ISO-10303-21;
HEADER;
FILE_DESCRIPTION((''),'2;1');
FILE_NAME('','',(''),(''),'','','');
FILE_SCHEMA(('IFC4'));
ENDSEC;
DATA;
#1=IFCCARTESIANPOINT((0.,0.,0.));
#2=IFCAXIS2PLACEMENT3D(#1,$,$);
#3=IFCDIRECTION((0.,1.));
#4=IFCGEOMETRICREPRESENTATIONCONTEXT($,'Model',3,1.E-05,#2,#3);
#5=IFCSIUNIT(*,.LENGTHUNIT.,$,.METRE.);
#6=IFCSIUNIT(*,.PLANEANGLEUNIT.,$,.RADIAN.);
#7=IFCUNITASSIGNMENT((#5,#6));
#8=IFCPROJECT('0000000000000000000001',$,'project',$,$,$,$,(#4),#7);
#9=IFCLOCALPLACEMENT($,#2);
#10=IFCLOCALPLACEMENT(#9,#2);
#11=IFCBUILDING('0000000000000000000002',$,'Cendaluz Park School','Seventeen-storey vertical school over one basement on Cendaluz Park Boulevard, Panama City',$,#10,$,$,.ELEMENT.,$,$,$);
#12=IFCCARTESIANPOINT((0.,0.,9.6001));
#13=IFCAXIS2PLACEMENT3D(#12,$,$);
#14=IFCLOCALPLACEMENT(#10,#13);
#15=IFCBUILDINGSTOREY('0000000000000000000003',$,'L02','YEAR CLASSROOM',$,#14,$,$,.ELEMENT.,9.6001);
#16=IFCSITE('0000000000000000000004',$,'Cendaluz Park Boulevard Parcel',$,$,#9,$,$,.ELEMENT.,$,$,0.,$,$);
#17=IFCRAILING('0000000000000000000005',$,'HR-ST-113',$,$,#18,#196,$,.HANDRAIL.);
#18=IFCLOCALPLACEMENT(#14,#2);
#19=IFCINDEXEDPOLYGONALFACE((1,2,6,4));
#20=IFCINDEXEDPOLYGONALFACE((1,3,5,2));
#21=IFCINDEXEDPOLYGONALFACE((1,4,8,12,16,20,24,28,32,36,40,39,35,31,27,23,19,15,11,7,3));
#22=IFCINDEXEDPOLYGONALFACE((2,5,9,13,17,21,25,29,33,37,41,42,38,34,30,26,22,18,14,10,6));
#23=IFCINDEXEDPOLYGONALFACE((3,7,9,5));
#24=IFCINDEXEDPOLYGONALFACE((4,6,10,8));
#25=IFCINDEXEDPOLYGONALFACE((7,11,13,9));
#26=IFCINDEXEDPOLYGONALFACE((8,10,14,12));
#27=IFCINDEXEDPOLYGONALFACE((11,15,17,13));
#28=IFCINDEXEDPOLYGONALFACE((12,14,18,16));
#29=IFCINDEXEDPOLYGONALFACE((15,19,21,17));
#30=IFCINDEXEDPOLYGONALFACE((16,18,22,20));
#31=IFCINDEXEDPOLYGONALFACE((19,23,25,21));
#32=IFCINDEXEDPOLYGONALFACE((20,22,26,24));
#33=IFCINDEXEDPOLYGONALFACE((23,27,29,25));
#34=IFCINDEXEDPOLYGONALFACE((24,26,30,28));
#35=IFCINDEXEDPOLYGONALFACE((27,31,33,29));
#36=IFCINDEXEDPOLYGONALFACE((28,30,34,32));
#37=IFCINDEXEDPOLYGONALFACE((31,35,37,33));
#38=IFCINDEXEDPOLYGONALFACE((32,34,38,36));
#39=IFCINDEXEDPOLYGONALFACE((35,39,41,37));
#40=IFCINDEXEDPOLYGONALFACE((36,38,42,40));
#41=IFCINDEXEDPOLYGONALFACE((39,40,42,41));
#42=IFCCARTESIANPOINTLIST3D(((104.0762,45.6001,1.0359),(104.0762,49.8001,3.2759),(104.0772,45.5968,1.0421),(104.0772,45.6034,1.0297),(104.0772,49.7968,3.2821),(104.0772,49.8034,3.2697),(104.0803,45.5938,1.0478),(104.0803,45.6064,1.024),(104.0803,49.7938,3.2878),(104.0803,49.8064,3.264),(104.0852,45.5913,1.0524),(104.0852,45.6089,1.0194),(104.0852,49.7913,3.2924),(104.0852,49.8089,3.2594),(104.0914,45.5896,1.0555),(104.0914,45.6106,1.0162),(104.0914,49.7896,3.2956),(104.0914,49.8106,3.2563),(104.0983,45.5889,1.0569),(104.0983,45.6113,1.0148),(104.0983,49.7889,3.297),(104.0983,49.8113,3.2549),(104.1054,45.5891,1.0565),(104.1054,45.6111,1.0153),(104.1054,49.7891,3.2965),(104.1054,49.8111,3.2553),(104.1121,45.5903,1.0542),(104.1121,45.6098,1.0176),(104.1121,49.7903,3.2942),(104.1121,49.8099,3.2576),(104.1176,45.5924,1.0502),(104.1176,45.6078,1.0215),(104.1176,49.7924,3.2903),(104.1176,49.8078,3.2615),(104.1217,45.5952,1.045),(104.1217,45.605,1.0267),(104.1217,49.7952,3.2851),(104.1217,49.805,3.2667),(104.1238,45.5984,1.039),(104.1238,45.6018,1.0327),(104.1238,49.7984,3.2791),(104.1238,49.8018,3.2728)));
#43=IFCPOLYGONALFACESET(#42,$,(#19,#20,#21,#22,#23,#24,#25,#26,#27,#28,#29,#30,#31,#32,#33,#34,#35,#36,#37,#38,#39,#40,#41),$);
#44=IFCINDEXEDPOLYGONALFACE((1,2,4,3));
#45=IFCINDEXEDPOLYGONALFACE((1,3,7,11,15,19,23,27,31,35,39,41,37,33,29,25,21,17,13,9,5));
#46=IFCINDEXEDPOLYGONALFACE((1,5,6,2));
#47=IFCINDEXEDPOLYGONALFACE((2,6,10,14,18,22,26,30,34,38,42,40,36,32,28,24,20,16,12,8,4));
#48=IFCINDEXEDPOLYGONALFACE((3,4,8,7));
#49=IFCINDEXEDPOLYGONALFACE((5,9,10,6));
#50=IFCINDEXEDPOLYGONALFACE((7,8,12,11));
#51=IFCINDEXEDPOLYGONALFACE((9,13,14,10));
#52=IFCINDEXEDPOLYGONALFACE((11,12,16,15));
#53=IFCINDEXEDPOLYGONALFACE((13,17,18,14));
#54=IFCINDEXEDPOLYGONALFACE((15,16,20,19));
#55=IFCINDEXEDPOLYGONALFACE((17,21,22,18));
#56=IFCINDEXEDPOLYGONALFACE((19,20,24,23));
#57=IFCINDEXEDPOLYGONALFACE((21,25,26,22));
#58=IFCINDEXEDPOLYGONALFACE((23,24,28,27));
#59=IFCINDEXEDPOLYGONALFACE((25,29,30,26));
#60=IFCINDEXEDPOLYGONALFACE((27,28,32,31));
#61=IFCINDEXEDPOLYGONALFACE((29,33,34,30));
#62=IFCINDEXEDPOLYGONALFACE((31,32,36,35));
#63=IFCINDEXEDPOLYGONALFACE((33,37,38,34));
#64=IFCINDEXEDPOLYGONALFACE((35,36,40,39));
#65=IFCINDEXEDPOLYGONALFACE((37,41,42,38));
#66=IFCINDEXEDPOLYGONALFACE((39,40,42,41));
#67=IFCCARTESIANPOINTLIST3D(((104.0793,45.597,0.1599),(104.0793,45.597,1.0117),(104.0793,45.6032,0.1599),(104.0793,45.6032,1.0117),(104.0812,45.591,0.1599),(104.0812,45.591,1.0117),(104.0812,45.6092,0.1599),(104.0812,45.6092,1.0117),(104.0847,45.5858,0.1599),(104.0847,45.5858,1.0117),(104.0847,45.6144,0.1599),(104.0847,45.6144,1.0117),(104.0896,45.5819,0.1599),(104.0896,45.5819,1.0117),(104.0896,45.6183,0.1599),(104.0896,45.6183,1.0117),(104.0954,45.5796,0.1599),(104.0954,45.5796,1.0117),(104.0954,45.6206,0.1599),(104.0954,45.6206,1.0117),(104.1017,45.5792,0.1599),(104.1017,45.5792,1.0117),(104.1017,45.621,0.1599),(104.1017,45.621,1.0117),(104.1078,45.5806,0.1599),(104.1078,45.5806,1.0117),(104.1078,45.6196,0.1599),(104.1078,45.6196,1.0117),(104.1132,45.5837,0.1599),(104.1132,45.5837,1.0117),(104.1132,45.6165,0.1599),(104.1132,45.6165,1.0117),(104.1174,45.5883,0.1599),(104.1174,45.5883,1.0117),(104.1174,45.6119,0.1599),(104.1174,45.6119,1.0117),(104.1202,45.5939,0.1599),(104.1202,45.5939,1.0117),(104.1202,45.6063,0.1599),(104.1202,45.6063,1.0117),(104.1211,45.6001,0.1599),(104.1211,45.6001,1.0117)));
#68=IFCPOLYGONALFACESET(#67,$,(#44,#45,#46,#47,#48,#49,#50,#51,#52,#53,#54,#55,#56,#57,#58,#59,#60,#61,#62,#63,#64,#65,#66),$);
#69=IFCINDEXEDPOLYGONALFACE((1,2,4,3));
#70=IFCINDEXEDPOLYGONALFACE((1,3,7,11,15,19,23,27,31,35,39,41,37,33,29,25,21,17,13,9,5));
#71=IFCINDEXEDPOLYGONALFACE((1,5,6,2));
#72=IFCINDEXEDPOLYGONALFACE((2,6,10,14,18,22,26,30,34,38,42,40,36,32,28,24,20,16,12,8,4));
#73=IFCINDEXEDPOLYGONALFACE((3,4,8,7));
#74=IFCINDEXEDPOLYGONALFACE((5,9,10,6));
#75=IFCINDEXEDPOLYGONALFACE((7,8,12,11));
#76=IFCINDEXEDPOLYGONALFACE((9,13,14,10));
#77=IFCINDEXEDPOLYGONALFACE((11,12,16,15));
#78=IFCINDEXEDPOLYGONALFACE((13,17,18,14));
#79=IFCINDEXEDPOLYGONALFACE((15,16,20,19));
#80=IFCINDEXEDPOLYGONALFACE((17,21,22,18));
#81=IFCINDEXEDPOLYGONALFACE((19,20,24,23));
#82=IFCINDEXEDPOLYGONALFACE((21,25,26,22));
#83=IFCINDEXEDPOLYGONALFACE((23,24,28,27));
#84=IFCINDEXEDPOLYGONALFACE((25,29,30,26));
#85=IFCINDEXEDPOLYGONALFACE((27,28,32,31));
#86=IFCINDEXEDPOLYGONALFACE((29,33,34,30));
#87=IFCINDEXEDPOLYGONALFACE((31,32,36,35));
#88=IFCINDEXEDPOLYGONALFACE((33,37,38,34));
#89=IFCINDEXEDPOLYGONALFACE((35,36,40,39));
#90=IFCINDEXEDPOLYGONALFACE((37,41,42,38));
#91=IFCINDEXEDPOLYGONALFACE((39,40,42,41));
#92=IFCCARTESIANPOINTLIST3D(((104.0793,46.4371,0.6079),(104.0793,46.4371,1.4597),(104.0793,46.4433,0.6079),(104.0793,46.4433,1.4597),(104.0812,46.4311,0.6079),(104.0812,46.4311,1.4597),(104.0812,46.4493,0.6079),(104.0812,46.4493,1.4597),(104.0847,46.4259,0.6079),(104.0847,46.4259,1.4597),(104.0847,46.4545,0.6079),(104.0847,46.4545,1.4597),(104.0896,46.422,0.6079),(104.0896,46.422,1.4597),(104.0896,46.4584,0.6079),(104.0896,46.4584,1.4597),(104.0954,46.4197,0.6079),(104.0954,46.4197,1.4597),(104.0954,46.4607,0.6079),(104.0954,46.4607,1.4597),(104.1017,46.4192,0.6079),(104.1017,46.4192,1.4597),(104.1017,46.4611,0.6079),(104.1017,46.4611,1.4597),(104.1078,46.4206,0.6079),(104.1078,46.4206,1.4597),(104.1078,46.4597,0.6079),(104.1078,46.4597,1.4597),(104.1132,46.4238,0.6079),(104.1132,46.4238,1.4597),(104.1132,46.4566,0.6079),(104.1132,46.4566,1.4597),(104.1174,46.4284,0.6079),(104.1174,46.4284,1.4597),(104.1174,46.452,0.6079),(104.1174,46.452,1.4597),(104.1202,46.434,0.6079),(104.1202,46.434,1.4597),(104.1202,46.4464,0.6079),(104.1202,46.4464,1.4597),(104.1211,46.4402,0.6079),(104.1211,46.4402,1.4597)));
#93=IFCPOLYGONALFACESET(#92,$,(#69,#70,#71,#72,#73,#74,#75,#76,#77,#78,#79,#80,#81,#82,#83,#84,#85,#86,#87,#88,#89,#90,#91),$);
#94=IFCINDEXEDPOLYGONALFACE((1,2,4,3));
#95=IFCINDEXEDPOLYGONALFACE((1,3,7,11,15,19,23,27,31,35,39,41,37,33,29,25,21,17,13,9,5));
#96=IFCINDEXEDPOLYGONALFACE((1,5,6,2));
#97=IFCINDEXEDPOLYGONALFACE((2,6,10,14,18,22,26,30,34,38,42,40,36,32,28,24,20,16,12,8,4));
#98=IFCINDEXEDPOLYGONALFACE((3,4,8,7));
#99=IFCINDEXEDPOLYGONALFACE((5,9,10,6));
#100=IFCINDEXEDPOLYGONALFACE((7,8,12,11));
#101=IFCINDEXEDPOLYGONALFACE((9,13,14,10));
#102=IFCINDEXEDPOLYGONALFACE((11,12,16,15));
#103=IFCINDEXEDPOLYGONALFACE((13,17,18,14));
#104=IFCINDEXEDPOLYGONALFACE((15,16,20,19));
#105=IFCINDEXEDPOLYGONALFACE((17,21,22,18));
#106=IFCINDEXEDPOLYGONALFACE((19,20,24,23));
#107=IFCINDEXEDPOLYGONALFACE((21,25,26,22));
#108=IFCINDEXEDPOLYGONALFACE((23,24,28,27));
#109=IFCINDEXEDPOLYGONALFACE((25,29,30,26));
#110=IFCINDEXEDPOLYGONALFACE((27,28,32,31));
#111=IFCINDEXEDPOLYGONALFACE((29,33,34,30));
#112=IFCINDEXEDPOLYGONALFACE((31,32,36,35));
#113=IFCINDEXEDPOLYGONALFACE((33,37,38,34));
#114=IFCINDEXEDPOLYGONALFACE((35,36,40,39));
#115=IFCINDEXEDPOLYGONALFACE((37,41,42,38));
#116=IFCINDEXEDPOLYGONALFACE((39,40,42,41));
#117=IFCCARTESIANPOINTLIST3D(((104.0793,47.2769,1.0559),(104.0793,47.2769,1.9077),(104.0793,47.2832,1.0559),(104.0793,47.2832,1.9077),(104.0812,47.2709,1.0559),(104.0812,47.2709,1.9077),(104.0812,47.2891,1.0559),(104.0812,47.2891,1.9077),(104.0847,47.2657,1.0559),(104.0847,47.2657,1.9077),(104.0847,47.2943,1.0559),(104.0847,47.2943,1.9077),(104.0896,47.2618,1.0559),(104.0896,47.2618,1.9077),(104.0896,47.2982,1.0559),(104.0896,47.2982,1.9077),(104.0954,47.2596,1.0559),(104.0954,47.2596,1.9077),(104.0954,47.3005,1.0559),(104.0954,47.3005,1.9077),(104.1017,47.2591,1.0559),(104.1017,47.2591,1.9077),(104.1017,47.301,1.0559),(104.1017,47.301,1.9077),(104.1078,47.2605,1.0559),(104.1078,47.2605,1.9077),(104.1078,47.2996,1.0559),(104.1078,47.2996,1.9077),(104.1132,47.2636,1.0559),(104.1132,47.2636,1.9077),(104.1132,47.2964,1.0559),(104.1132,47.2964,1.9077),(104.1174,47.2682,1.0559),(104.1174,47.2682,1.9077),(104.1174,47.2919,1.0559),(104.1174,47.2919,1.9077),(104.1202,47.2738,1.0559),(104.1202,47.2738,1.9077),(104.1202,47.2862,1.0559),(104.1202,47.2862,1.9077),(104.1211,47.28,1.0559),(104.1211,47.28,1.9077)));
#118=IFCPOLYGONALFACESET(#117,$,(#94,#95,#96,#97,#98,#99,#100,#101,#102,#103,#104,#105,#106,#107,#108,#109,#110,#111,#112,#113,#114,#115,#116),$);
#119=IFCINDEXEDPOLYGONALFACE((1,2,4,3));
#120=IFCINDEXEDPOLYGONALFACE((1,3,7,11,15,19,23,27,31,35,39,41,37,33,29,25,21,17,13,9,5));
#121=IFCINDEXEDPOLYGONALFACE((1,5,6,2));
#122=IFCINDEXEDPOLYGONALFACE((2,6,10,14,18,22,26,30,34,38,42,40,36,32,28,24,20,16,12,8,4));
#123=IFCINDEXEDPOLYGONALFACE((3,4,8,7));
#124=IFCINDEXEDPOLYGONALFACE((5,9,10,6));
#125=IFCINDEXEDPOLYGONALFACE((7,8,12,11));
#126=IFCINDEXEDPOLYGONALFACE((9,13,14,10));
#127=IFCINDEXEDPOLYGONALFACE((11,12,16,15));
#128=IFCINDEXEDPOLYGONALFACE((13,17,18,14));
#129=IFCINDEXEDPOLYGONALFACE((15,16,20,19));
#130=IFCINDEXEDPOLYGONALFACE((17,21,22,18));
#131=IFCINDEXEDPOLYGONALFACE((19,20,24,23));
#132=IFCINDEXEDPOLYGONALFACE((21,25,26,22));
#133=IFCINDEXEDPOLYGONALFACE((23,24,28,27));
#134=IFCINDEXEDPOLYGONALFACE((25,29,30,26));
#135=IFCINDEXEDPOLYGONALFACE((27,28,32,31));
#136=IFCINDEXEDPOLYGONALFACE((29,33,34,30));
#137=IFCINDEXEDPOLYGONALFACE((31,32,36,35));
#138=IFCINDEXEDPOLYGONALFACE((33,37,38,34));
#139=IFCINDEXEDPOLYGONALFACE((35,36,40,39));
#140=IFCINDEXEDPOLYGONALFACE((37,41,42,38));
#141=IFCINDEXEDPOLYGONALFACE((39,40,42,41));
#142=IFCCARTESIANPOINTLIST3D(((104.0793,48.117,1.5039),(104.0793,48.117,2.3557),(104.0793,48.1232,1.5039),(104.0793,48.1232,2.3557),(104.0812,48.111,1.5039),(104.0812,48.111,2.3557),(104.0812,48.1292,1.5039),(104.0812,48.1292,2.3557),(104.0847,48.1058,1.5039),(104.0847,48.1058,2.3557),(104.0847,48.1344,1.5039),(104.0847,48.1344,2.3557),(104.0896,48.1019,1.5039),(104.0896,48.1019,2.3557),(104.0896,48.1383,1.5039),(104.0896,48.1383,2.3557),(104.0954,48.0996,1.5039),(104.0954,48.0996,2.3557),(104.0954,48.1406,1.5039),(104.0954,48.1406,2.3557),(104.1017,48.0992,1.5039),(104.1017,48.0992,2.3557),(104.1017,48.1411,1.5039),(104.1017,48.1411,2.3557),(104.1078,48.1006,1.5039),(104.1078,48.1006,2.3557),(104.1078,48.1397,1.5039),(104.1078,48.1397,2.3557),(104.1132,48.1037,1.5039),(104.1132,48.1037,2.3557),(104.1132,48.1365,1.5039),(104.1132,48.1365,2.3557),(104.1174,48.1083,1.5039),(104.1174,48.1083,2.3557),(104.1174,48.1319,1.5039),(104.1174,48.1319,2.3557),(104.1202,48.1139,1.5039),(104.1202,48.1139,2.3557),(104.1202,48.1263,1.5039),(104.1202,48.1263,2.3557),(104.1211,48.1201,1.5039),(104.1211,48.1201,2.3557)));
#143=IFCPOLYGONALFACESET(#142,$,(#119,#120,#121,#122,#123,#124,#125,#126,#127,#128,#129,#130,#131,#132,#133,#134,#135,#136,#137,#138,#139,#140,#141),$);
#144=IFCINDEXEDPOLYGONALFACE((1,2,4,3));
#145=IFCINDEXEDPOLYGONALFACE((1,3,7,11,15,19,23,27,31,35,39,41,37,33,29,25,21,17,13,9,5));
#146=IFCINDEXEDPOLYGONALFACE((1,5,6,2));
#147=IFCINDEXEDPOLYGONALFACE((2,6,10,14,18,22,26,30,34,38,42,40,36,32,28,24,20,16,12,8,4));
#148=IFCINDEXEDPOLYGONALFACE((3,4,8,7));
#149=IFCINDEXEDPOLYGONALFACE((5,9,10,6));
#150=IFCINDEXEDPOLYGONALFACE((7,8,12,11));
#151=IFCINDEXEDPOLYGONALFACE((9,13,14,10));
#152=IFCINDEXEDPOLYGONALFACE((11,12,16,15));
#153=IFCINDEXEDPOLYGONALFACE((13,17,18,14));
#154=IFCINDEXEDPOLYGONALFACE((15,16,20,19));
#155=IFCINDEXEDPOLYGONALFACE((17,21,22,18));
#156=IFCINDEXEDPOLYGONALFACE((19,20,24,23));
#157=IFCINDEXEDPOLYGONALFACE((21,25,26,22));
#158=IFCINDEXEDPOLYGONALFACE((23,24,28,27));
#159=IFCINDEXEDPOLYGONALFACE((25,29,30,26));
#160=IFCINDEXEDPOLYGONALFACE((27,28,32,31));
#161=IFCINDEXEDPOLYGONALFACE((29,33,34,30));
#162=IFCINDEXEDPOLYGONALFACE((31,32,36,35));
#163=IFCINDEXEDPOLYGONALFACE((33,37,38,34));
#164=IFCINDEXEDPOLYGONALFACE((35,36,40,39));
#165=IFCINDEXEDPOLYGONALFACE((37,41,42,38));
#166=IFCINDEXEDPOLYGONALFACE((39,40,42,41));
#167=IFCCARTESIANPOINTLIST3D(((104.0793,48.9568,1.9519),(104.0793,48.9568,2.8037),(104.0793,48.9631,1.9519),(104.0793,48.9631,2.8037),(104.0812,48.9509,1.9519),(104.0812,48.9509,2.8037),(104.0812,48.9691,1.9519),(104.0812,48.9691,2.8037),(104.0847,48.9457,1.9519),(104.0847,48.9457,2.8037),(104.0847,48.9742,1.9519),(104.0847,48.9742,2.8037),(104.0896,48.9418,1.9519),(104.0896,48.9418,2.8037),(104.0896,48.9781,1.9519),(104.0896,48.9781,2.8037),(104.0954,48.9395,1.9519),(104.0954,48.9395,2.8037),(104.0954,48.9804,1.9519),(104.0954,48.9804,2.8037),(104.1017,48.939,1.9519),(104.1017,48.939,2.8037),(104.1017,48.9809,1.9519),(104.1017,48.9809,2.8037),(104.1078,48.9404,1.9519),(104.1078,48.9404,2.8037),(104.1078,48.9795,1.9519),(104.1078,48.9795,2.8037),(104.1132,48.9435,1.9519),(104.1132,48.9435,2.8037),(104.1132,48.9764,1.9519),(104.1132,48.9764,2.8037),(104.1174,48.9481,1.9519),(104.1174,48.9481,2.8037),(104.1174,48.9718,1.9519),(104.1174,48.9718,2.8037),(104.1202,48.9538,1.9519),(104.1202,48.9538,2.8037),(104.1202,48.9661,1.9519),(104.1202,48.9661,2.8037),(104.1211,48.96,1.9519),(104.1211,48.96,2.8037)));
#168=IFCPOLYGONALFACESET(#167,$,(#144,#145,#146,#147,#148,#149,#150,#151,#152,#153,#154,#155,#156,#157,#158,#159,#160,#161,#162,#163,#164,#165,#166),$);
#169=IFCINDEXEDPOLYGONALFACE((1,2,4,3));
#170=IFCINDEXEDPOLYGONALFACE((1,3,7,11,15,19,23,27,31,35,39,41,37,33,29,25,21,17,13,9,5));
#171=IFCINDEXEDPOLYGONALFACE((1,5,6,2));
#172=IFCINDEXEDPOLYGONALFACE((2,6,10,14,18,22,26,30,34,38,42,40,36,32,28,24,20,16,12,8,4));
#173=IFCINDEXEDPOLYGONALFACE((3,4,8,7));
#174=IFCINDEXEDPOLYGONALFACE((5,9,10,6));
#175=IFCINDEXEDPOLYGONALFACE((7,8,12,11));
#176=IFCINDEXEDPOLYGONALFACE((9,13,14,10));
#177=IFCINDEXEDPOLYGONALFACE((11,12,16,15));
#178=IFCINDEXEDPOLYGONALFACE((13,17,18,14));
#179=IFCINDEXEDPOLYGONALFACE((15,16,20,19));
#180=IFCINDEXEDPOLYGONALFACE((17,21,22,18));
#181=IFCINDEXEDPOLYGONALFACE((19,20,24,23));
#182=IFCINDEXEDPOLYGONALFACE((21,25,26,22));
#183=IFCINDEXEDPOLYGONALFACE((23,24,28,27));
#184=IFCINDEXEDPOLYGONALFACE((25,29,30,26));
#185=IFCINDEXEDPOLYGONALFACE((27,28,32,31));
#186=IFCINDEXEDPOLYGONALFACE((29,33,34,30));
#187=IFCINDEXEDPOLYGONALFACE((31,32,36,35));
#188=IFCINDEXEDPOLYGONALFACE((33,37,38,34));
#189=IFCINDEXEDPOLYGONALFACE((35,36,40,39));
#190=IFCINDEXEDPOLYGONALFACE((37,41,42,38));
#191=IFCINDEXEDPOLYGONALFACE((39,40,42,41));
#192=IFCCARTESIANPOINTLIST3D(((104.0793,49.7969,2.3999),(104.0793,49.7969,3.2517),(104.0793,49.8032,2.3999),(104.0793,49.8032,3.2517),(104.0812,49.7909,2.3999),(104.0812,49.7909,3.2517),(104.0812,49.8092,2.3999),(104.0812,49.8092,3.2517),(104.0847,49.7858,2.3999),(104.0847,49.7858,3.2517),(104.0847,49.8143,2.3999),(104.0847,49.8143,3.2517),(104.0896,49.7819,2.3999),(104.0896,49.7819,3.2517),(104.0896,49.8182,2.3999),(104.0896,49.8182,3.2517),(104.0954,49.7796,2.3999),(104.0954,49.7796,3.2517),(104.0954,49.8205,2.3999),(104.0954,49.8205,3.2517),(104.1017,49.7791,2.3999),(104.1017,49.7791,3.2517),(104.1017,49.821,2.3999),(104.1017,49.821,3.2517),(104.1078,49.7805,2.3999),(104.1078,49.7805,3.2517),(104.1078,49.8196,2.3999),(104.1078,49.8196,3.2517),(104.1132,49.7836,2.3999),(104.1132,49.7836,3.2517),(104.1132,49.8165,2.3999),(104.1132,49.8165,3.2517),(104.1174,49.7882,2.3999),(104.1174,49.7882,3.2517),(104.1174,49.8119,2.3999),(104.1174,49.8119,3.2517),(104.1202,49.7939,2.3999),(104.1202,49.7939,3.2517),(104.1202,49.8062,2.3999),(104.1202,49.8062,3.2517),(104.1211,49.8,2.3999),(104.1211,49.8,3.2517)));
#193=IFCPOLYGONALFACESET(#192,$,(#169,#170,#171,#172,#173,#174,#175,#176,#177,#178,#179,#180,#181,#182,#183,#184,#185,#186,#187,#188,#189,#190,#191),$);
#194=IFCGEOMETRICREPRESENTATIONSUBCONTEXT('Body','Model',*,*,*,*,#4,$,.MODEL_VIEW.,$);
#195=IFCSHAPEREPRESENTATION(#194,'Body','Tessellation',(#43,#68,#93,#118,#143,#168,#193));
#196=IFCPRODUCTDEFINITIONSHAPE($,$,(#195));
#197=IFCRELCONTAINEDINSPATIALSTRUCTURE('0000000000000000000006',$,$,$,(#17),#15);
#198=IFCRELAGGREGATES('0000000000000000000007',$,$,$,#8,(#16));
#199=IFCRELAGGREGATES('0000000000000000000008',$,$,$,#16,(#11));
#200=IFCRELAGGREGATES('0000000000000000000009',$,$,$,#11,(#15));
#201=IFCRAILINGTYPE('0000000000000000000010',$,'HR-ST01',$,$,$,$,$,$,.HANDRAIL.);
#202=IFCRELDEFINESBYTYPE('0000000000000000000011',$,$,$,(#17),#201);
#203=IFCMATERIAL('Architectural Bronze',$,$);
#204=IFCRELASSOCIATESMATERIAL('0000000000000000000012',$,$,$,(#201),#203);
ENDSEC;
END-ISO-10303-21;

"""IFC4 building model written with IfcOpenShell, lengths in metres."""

from ifc_helpers import new_model, si_unit, direction, frame, origin, origin_2d, place, context, subcontext, project, spatial, circle, extrude, material, type_object, element, save


model = new_model("IFC4")

# Units and contexts
model_context = context("Model", 3, precision=1e-05, world=origin(), true_north=direction((0.0, 1.0)))
body_context = subcontext(model_context, "Body", "Model", "MODEL_VIEW")
ifc_project = project(units=[si_unit("LENGTHUNIT", "METRE"), si_unit("PLANEANGLEUNIT", "RADIAN")], contexts=[model_context])

# Site, building, storey
site_placement = place(None, origin())
site = spatial("IfcSite", under=ifc_project, at=site_placement, Name="Cendaluz Park Boulevard Parcel", CompositionType="ELEMENT", RefElevation=0.0)
building_placement = place(site_placement, origin())
building = spatial("IfcBuilding", under=site, at=building_placement, Name="Cendaluz Park School", Description="Seventeen-storey vertical school over one basement on Cendaluz Park Boulevard, Panama City", CompositionType="ELEMENT")
storey_placement = place(building_placement, frame((0.0, 0.0, 9.6001)))
storey = spatial("IfcBuildingStorey", under=building, at=storey_placement, Name="L02", Description="YEAR CLASSROOM", CompositionType="ELEMENT", Elevation=9.6001)

# Railing
ifc_material_1 = material(Name="Architectural Bronze")
railing_type = type_object("IfcRailingType", Name="HR-ST01", PredefinedType="HANDRAIL", material=ifc_material_1)
railing_placement = place(storey_placement, frame((104.1001, 45.6001, 0.1599)))
element("IfcRailing", 1, at=railing_placement, inside=storey, type_object=railing_type, Name="HR-ST-113", PredefinedType="HANDRAIL", context=body_context, shape_type="SweptSolid", body=[
    extrude(circle(Radius=0.0239, at=origin_2d()), frame((0.0, 0.0, 0.876), z_axis=(0.0, 0.882352, 0.470591), x_axis=(-1.0, 0.0, 0.0)), (0.0, 0.0, 1.0), 4.76),
    extrude(circle(Radius=0.021, at=origin_2d()), origin(), (0.0, 0.0, 1.0), 0.8518),
    extrude(circle(Radius=0.021, at=origin_2d()), frame((0.0, 0.8401, 0.448)), (0.0, 0.0, 1.0), 0.8518),
    extrude(circle(Radius=0.021, at=origin_2d()), frame((0.0, 1.6799, 0.896)), (0.0, 0.0, 1.0), 0.8518),
    extrude(circle(Radius=0.021, at=origin_2d()), frame((0.0, 2.52, 1.344)), (0.0, 0.0, 1.0), 0.8518),
    extrude(circle(Radius=0.021, at=origin_2d()), frame((0.0, 3.3599, 1.792)), (0.0, 0.0, 1.0), 0.8518),
    extrude(circle(Radius=0.021, at=origin_2d()), frame((0.0, 4.2, 2.24)), (0.0, 0.0, 1.0), 0.8518),
])

save(model, "model.ifc")
